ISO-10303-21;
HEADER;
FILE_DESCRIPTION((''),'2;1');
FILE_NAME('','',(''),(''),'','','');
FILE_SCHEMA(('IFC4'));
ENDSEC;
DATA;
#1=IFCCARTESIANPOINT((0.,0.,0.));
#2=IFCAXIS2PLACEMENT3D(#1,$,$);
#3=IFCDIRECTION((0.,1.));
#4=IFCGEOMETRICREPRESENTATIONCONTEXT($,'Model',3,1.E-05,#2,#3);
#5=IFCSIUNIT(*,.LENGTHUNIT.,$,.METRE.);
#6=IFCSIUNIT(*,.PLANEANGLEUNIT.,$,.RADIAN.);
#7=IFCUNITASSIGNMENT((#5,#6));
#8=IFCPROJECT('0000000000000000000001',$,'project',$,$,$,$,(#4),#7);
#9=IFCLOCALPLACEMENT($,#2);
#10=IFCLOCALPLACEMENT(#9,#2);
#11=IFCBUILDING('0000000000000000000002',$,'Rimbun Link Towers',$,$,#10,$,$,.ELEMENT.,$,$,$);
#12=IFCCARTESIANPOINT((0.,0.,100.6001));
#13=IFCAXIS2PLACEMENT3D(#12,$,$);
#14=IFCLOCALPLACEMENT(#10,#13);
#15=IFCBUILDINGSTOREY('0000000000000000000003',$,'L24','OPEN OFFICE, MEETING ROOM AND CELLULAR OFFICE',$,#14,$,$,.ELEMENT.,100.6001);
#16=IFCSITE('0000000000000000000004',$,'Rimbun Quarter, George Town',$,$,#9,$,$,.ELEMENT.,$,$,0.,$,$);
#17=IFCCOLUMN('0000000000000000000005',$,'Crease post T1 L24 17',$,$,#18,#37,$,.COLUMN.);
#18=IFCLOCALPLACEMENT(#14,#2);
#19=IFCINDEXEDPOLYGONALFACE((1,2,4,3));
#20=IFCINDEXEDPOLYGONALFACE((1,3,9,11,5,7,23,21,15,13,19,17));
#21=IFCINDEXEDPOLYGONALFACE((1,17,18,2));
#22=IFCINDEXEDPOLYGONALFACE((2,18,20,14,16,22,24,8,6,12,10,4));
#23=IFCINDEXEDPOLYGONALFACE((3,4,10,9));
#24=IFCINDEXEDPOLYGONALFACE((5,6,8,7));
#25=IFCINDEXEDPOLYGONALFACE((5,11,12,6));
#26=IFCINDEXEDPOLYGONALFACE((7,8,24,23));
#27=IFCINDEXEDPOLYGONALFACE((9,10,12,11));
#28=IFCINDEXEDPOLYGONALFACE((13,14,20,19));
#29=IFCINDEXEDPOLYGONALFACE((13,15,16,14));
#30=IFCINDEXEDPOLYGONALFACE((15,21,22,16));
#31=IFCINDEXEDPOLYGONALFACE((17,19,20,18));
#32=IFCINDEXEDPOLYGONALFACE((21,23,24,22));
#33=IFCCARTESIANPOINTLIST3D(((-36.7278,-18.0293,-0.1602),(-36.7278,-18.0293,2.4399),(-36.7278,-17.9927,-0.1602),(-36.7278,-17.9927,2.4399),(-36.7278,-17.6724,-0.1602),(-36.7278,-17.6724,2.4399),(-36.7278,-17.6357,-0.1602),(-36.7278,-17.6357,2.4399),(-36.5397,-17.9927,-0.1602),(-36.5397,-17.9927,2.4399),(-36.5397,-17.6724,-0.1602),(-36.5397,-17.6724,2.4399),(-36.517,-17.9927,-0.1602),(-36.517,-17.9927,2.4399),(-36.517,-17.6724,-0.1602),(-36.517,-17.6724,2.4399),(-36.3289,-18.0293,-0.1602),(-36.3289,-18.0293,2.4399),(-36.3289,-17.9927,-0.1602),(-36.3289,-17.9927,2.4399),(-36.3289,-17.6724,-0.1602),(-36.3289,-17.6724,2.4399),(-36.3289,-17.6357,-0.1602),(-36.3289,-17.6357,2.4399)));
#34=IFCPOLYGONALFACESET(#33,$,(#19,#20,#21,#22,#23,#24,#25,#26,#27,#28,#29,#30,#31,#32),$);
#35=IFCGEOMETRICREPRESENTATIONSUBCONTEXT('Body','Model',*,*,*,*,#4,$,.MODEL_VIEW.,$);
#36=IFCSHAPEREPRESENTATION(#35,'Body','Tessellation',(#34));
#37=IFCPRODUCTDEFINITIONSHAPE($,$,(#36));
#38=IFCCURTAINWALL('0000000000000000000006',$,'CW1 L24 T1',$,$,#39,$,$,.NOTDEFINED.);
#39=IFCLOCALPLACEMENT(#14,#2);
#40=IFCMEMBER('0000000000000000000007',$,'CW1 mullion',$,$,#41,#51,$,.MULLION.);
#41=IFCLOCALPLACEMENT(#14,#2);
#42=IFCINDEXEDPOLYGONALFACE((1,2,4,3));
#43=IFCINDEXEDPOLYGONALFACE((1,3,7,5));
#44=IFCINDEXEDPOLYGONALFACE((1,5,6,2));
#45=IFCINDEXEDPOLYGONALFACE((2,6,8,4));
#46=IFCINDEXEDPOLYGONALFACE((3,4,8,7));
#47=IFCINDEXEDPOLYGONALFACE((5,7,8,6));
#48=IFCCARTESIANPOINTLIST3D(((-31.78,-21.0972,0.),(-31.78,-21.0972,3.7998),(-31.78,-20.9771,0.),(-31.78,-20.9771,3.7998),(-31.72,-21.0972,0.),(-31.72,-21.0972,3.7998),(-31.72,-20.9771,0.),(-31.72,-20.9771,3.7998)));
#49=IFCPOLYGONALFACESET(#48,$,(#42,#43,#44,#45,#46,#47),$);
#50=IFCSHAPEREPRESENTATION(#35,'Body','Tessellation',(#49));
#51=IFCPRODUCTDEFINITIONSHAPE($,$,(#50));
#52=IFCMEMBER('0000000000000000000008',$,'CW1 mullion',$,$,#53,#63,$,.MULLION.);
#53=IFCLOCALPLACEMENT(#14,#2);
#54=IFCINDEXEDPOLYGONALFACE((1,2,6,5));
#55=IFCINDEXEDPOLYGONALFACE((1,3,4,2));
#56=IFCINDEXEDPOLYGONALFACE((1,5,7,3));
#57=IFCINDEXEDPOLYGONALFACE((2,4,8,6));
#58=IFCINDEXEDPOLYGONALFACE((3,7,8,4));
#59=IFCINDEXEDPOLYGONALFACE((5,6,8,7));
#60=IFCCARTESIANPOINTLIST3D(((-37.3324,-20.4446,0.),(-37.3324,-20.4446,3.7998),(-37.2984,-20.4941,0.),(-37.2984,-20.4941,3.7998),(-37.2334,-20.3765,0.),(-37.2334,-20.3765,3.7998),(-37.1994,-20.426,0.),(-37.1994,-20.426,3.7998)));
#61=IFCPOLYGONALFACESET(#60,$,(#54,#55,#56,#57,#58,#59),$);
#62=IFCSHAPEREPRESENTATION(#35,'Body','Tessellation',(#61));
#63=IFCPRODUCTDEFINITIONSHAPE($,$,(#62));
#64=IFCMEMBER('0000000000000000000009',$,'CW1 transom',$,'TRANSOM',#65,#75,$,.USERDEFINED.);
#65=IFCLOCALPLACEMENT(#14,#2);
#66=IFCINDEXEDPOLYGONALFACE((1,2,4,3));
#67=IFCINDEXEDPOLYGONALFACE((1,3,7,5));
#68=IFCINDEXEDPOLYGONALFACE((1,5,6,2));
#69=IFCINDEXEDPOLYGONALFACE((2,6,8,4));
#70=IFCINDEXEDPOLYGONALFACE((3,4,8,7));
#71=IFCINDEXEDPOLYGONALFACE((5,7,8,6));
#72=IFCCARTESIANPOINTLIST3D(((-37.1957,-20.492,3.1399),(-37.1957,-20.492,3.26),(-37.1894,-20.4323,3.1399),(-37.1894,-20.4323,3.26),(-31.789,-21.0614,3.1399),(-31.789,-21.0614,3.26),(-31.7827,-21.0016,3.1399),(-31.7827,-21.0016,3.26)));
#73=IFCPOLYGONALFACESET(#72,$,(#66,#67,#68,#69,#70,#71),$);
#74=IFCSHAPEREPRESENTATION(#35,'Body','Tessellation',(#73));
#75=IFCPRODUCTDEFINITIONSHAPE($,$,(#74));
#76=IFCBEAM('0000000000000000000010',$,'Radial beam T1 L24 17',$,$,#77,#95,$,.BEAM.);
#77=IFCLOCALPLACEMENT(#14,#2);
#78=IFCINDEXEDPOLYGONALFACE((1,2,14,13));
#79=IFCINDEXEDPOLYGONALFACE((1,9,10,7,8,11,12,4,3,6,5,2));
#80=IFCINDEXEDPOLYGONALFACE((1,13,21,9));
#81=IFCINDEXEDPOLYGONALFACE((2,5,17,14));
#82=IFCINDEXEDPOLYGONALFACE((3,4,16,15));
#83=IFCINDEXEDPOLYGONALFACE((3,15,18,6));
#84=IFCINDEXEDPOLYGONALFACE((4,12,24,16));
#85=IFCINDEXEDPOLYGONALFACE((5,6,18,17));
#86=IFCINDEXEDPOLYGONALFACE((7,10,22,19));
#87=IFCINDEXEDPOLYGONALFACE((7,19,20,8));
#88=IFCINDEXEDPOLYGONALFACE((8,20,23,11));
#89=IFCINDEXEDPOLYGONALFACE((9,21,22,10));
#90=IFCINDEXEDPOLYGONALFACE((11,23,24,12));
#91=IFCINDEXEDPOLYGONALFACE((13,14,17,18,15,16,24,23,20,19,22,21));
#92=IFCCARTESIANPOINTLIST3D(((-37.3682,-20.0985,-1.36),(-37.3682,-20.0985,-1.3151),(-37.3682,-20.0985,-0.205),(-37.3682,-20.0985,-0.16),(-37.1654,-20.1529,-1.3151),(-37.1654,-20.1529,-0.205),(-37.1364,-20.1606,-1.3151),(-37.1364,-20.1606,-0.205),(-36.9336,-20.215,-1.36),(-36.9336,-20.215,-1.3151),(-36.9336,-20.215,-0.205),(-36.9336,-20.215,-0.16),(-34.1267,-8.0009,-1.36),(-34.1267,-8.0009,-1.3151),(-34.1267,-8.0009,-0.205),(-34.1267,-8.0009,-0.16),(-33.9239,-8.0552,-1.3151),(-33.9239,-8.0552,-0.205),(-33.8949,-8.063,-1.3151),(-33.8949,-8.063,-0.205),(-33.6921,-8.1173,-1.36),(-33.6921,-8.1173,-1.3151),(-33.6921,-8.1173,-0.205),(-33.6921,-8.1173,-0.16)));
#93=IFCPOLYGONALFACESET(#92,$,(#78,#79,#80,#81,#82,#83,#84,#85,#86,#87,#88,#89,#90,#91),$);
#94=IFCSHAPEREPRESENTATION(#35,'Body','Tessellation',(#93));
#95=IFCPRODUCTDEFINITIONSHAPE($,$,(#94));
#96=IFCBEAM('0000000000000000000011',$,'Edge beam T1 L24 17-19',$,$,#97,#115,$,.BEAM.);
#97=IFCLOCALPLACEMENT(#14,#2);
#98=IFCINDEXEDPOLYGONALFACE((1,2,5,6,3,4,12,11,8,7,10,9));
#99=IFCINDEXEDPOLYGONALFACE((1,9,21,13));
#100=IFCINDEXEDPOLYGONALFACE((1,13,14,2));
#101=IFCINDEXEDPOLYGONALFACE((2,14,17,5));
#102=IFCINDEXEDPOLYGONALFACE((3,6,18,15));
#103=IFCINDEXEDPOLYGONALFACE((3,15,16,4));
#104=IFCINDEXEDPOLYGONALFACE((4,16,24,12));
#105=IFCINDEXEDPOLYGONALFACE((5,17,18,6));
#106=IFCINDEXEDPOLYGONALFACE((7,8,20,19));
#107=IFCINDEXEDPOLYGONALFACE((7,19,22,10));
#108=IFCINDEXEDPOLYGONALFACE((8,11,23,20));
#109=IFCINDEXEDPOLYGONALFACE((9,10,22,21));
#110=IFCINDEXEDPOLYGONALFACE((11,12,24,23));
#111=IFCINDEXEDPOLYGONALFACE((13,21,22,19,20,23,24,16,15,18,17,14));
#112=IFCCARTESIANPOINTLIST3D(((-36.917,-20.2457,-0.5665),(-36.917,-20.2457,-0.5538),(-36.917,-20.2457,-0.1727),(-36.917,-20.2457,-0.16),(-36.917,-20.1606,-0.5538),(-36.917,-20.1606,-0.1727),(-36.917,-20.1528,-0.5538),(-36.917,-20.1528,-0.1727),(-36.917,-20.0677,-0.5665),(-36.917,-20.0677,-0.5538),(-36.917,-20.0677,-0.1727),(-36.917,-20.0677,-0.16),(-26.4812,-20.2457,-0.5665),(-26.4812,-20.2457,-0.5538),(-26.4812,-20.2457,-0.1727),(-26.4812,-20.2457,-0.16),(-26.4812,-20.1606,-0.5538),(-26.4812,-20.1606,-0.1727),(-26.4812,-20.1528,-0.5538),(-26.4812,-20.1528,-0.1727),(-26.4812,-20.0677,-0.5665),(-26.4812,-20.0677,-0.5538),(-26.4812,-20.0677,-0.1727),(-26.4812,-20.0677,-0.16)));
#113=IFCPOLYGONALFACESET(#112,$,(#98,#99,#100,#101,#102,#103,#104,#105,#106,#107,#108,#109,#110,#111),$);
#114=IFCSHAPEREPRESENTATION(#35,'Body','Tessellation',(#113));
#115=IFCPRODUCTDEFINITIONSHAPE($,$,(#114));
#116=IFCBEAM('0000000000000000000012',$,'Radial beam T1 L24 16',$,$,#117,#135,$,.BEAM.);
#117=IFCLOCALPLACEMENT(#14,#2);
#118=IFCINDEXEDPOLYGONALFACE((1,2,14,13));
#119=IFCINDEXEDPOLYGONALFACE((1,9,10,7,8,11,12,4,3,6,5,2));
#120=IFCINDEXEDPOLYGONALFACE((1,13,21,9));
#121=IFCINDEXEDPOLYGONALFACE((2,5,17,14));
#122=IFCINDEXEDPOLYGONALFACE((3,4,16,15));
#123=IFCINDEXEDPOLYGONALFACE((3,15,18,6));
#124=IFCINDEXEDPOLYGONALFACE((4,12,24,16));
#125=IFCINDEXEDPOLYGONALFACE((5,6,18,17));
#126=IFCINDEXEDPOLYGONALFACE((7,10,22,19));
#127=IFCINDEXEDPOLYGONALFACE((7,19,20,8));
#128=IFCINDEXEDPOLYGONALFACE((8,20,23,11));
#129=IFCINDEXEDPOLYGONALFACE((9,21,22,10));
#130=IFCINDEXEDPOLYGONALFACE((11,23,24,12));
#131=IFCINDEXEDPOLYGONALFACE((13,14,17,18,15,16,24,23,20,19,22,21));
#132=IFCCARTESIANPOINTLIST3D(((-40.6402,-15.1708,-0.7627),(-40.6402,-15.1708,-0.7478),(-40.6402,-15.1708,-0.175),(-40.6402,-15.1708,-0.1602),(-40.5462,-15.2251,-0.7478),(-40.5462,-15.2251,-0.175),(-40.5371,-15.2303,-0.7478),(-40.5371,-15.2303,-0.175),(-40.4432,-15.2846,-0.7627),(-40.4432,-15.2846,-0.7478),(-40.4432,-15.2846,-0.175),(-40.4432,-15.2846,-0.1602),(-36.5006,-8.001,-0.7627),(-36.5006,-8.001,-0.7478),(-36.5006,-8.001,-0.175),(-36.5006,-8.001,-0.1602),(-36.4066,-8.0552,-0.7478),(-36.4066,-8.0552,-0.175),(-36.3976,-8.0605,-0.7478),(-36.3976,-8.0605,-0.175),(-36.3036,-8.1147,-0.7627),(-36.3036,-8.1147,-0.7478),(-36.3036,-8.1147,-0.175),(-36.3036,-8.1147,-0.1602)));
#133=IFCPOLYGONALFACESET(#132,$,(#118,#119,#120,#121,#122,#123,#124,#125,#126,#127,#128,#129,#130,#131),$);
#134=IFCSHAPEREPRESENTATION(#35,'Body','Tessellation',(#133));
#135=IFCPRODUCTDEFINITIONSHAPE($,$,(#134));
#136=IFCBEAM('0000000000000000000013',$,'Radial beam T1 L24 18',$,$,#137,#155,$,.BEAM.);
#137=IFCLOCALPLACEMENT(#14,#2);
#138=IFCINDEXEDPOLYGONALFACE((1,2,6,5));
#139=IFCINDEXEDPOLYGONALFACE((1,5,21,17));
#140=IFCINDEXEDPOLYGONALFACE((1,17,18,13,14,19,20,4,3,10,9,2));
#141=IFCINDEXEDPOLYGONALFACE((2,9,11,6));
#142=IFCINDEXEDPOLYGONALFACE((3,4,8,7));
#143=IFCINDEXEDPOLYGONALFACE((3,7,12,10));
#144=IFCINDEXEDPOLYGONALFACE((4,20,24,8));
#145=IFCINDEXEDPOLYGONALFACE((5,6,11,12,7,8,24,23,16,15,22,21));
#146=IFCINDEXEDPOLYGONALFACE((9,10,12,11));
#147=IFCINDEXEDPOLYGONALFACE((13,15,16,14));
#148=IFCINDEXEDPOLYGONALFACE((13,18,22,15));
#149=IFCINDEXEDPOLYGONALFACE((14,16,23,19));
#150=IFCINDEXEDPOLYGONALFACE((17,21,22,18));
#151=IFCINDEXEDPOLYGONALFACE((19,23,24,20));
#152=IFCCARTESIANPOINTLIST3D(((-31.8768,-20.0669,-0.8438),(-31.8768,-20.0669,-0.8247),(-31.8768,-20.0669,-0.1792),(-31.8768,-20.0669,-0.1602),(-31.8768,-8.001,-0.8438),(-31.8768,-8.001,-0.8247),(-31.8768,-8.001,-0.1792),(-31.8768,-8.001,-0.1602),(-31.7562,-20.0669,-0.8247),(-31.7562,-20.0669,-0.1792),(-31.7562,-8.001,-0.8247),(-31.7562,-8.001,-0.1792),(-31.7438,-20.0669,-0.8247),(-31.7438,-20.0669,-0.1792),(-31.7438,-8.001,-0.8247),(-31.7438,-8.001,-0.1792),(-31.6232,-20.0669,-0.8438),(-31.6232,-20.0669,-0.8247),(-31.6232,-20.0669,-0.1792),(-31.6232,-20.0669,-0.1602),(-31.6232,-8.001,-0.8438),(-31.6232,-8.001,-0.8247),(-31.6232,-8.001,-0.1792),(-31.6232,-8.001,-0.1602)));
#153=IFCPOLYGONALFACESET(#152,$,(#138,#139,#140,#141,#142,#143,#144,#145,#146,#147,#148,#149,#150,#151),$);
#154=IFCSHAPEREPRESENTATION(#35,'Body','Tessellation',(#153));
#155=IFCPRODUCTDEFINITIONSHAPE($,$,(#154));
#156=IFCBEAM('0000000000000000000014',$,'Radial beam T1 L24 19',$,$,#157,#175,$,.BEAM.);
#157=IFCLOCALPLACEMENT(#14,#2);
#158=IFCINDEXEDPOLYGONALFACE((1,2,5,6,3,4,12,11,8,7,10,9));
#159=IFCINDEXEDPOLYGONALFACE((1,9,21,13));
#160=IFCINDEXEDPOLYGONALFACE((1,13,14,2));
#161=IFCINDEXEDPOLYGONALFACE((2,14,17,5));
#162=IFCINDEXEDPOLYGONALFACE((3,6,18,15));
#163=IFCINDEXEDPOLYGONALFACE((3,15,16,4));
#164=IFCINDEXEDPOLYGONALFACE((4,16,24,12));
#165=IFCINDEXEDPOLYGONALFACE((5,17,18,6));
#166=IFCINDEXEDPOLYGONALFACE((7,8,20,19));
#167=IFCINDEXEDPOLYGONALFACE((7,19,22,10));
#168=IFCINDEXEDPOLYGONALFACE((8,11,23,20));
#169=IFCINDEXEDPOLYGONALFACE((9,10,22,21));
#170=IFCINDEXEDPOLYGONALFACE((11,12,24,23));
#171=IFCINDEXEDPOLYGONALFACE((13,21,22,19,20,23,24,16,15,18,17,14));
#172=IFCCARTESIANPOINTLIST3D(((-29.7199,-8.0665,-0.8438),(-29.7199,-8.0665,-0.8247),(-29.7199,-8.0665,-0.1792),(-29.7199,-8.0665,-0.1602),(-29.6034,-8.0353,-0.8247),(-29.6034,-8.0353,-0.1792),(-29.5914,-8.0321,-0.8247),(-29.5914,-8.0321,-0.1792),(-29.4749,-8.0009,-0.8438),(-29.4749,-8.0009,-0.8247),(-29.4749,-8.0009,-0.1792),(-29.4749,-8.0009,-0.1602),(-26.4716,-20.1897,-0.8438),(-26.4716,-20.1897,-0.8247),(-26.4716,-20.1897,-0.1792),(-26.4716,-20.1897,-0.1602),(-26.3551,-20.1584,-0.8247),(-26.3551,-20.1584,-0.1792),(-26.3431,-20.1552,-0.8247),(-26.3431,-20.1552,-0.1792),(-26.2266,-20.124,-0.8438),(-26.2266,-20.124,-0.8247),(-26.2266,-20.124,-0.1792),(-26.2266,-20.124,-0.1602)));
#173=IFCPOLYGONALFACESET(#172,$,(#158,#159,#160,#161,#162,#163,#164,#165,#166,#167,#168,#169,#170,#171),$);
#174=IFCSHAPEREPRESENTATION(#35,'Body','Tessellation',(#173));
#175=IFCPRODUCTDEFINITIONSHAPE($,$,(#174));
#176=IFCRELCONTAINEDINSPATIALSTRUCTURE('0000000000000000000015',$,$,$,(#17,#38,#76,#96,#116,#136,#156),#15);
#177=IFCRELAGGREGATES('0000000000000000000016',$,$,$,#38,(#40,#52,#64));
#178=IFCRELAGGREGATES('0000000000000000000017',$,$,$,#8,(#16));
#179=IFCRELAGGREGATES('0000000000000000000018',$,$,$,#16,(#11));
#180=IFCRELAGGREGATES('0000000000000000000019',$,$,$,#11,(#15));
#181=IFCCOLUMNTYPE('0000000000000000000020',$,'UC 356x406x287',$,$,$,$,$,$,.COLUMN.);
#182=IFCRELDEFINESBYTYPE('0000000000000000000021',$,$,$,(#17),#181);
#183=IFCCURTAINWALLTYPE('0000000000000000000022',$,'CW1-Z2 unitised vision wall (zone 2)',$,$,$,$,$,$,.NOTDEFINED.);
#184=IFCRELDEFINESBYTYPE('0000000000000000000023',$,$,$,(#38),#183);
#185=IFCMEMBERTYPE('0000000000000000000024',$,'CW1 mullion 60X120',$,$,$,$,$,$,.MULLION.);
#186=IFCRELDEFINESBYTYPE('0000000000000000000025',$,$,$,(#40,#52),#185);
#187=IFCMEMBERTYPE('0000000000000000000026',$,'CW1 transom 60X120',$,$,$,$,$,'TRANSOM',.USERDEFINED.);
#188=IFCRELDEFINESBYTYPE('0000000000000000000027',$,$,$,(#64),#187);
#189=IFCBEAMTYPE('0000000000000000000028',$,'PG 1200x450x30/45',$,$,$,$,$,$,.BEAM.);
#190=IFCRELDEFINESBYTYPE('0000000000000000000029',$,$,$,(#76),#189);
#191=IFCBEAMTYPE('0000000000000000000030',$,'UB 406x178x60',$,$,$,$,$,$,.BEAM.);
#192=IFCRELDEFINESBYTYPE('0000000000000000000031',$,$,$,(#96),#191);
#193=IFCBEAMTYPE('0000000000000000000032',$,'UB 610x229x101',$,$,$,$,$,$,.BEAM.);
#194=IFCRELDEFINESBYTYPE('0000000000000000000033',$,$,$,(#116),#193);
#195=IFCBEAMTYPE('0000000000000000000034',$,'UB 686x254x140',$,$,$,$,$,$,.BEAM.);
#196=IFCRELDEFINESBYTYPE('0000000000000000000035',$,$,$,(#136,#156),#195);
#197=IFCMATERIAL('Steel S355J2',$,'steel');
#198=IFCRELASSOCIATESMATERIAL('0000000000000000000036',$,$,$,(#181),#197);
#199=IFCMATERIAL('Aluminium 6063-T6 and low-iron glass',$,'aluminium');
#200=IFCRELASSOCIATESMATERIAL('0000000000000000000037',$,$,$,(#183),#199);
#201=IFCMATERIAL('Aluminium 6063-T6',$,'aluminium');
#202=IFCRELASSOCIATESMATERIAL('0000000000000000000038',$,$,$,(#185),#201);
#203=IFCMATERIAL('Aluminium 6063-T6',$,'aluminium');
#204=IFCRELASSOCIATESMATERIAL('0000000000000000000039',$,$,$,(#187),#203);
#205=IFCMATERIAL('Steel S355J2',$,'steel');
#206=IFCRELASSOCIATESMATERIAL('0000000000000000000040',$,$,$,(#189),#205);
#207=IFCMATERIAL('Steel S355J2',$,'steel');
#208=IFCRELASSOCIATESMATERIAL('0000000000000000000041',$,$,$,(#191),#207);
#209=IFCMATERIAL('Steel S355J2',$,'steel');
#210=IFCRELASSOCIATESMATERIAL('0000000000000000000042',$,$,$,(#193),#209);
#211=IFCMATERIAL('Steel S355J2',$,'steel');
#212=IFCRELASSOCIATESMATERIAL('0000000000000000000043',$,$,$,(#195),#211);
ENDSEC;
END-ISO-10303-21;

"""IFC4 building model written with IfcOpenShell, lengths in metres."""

from ifc_helpers import new_model, si_unit, direction, frame, origin, origin_2d, place, context, subcontext, project, spatial, rectangle, i_section, extrude, material, material_profile, profile_set, type_object, element, aggregate, save


model = new_model("IFC4")

# Units and contexts
model_context = context("Model", 3, precision=1e-05, world=origin(), true_north=direction((0.0, 1.0)))
body_context = subcontext(model_context, "Body", "Model", "MODEL_VIEW")
ifc_project = project(units=[si_unit("LENGTHUNIT", "METRE"), si_unit("PLANEANGLEUNIT", "RADIAN")], contexts=[model_context])

# Site, building, storey
site_placement = place(None, origin())
site = spatial("IfcSite", under=ifc_project, at=site_placement, Name="Rimbun Quarter, George Town", CompositionType="ELEMENT", RefElevation=0.0)
building_placement = place(site_placement, origin())
building = spatial("IfcBuilding", under=site, at=building_placement, Name="Rimbun Link Towers", CompositionType="ELEMENT")
storey_placement = place(building_placement, frame((0.0, 0.0, 100.6001)))
storey = spatial("IfcBuildingStorey", under=building, at=storey_placement, Name="L24", Description="OPEN OFFICE, MEETING ROOM AND CELLULAR OFFICE", CompositionType="ELEMENT", Elevation=100.6001)

# Column
ifc_material_1 = material(Name="Steel S355J2", Category="steel")
ifc_material_profile_1 = material_profile(ifc_material_1, i_section(OverallWidth=0.3989, OverallDepth=0.3936, WebThickness=0.0227, FlangeThickness=0.0366, at=origin_2d()), Name="UC 356x406x287")
ifc_profile_set_1 = profile_set([ifc_material_profile_1], Name="Steel S355J2")
column_type = type_object("IfcColumnType", Name="UC 356x406x287", PredefinedType="COLUMN", material=ifc_profile_set_1)
column_placement = place(storey_placement, frame((-36.5283, -17.8325, -0.1602), z_axis=(0.0, 0.0, 1.0), x_axis=(1.0, 0.0, 0.0)))
element("IfcColumn", 1, at=column_placement, inside=storey, type_object=column_type, Name="Crease post T1 L24 17", PredefinedType="COLUMN", context=body_context, shape_type="SweptSolid", body=[
    extrude(i_section(OverallWidth=0.3989, OverallDepth=0.3936, WebThickness=0.0227, FlangeThickness=0.0366, at=origin_2d()), origin(), (0.0, 0.0, 1.0), 2.6001),
])

# Curtain wall, members
ifc_material_2 = material(Name="Aluminium 6063-T6 and low-iron glass", Category="aluminium")
curtain_wall_type = type_object("IfcCurtainWallType", Name="CW1-Z2 unitised vision wall (zone 2)", PredefinedType="NOTDEFINED", material=ifc_material_2)
curtain_wall_placement = place(storey_placement, origin())
curtain_wall = element("IfcCurtainWall", 2, at=curtain_wall_placement, inside=storey, type_object=curtain_wall_type, Name="CW1 L24 T1", PredefinedType="NOTDEFINED")
ifc_material_3 = material(Name="Aluminium 6063-T6", Category="aluminium")
ifc_material_profile_2 = material_profile(ifc_material_3, rectangle(XDim=0.1201, YDim=0.0601, at=origin_2d()), Name="MULLION 60X120")
ifc_profile_set_2 = profile_set([ifc_material_profile_2], Name="Aluminium 6063-T6")
member_type_1 = type_object("IfcMemberType", Name="CW1 mullion 60X120", PredefinedType="MULLION", material=ifc_profile_set_2)
member_1_placement = place(storey_placement, frame((-31.75, -21.0371, 0.0), z_axis=(0.0, 0.0, 1.0), x_axis=(0.0, -1.0, 0.0)))
member_1 = element("IfcMember", 3, at=member_1_placement, type_object=member_type_1, Name="CW1 mullion", PredefinedType="MULLION", context=body_context, shape_type="SweptSolid", body=[
    extrude(rectangle(XDim=0.1201, YDim=0.0601, at=origin_2d()), origin(), (0.0, 0.0, 1.0), 3.7998),
])
member_2_placement = place(storey_placement, frame((-37.2659, -20.4353, 0.0), z_axis=(0.0, 0.0, 1.0), x_axis=(-0.824182, -0.566325, 0.0)))
member_2 = element("IfcMember", 4, at=member_2_placement, type_object=member_type_1, Name="CW1 mullion", PredefinedType="MULLION", context=body_context, shape_type="SweptSolid", body=[
    extrude(rectangle(XDim=0.1201, YDim=0.0601, at=origin_2d()), origin(), (0.0, 0.0, 1.0), 3.7998),
])
ifc_material_4 = material(Name="Aluminium 6063-T6", Category="aluminium")
ifc_material_profile_3 = material_profile(ifc_material_4, rectangle(XDim=0.0601, YDim=0.1201, at=origin_2d()), Name="TRANSOM 60X120")
ifc_profile_set_3 = profile_set([ifc_material_profile_3], Name="Aluminium 6063-T6")
member_type_2 = type_object("IfcMemberType", Name="CW1 transom 60X120", ElementType="TRANSOM", PredefinedType="USERDEFINED", material=ifc_profile_set_3)
member_3_placement = place(storey_placement, frame((-31.7859, -21.0315, 3.2), z_axis=(-0.994502, 0.104722, 0.0), x_axis=(-0.104722, -0.994502, 0.0)))
member_3 = element("IfcMember", 5, at=member_3_placement, type_object=member_type_2, Name="CW1 transom", ObjectType="TRANSOM", PredefinedType="USERDEFINED", context=body_context, shape_type="SweptSolid", body=[
    extrude(rectangle(XDim=0.0601, YDim=0.1201, at=origin_2d()), origin(), (0.0, 0.0, 1.0), 5.4365),
])

# Beams
ifc_material_5 = material(Name="Steel S355J2", Category="steel")
ifc_material_profile_4 = material_profile(ifc_material_5, i_section(OverallWidth=0.45, OverallDepth=1.2, WebThickness=0.03, FlangeThickness=0.0449, at=origin_2d()), Name="PG 1200x450x30/45")
ifc_profile_set_4 = profile_set([ifc_material_profile_4], Name="Steel S355J2")
beam_type_1 = type_object("IfcBeamType", Name="PG 1200x450x30/45", PredefinedType="BEAM", material=ifc_profile_set_4)
beam_1_placement = place(storey_placement, frame((-33.9094, -8.0591, -0.76), z_axis=(-0.258811, -0.965928, 0.0), x_axis=(0.965928, -0.258811, 0.0)))
element("IfcBeam", 6, at=beam_1_placement, inside=storey, type_object=beam_type_1, Name="Radial beam T1 L24 17", PredefinedType="BEAM", context=body_context, shape_type="SweptSolid", body=[
    extrude(i_section(OverallWidth=0.45, OverallDepth=1.2, WebThickness=0.03, FlangeThickness=0.0449, at=origin_2d()), origin(), (0.0, 0.0, 1.0), 12.5244),
])
ifc_material_6 = material(Name="Steel S355J2", Category="steel")
ifc_material_profile_5 = material_profile(ifc_material_6, i_section(OverallWidth=0.178, OverallDepth=0.4065, WebThickness=0.0078, FlangeThickness=0.0127, at=origin_2d()), Name="UB 406x178x60")
ifc_profile_set_5 = profile_set([ifc_material_profile_5], Name="Steel S355J2")
beam_type_2 = type_object("IfcBeamType", Name="UB 406x178x60", PredefinedType="BEAM", material=ifc_profile_set_5)
beam_2_placement = place(storey_placement, frame((-36.917, -20.1567, -0.3633), z_axis=(1.0, 0.0, 0.0), x_axis=(0.0, 1.0, 0.0)))
element("IfcBeam", 7, at=beam_2_placement, inside=storey, type_object=beam_type_2, Name="Edge beam T1 L24 17-19", PredefinedType="BEAM", context=body_context, shape_type="SweptSolid", body=[
    extrude(i_section(OverallWidth=0.178, OverallDepth=0.4065, WebThickness=0.0078, FlangeThickness=0.0127, at=origin_2d()), origin(), (0.0, 0.0, 1.0), 10.4358),
])
ifc_material_7 = material(Name="Steel S355J2", Category="steel")
ifc_material_profile_6 = material_profile(ifc_material_7, i_section(OverallWidth=0.2275, OverallDepth=0.6025, WebThickness=0.0105, FlangeThickness=0.0149, at=origin_2d()), Name="UB 610x229x101")
ifc_profile_set_6 = profile_set([ifc_material_profile_6], Name="Steel S355J2")
beam_type_3 = type_object("IfcBeamType", Name="UB 610x229x101", PredefinedType="BEAM", material=ifc_profile_set_6)
beam_3_placement = place(storey_placement, frame((-36.4021, -8.0579, -0.4614), z_axis=(-0.500008, -0.866021, 0.0), x_axis=(0.866021, -0.500008, 0.0)))
element("IfcBeam", 8, at=beam_3_placement, inside=storey, type_object=beam_type_3, Name="Radial beam T1 L24 16", PredefinedType="BEAM", context=body_context, shape_type="SweptSolid", body=[
    extrude(i_section(OverallWidth=0.2275, OverallDepth=0.6025, WebThickness=0.0105, FlangeThickness=0.0149, at=origin_2d()), origin(), (0.0, 0.0, 1.0), 8.2791),
])
ifc_material_8 = material(Name="Steel S355J2", Category="steel")
ifc_material_profile_7 = material_profile(ifc_material_8, i_section(OverallWidth=0.2537, OverallDepth=0.6836, WebThickness=0.0125, FlangeThickness=0.019, at=origin_2d()), Name="UB 686x254x140")
ifc_profile_set_7 = profile_set([ifc_material_profile_7], Name="Steel S355J2")
beam_type_4 = type_object("IfcBeamType", Name="UB 686x254x140", PredefinedType="BEAM", material=ifc_profile_set_7)
beam_4_placement = place(storey_placement, frame((-31.75, -8.001, -0.502), z_axis=(0.0, -1.0, 0.0), x_axis=(1.0, 0.0, 0.0)))
element("IfcBeam", 9, at=beam_4_placement, inside=storey, type_object=beam_type_4, Name="Radial beam T1 L24 18", PredefinedType="BEAM", context=body_context, shape_type="SweptSolid", body=[
    extrude(i_section(OverallWidth=0.2537, OverallDepth=0.6836, WebThickness=0.0125, FlangeThickness=0.019, at=origin_2d()), origin(), (0.0, 0.0, 1.0), 12.0659),
])
beam_5_placement = place(storey_placement, frame((-29.5974, -8.0337, -0.502), z_axis=(0.258814, -0.965927, 0.0), x_axis=(0.965927, 0.258814, 0.0)))
element("IfcBeam", 10, at=beam_5_placement, inside=storey, type_object=beam_type_4, Name="Radial beam T1 L24 19", PredefinedType="BEAM", context=body_context, shape_type="SweptSolid", body=[
    extrude(i_section(OverallWidth=0.2537, OverallDepth=0.6836, WebThickness=0.0125, FlangeThickness=0.019, at=origin_2d()), origin(), (0.0, 0.0, 1.0), 12.5508),
])

aggregate(curtain_wall, [member_1, member_2, member_3])

save(model, "model.ifc")
